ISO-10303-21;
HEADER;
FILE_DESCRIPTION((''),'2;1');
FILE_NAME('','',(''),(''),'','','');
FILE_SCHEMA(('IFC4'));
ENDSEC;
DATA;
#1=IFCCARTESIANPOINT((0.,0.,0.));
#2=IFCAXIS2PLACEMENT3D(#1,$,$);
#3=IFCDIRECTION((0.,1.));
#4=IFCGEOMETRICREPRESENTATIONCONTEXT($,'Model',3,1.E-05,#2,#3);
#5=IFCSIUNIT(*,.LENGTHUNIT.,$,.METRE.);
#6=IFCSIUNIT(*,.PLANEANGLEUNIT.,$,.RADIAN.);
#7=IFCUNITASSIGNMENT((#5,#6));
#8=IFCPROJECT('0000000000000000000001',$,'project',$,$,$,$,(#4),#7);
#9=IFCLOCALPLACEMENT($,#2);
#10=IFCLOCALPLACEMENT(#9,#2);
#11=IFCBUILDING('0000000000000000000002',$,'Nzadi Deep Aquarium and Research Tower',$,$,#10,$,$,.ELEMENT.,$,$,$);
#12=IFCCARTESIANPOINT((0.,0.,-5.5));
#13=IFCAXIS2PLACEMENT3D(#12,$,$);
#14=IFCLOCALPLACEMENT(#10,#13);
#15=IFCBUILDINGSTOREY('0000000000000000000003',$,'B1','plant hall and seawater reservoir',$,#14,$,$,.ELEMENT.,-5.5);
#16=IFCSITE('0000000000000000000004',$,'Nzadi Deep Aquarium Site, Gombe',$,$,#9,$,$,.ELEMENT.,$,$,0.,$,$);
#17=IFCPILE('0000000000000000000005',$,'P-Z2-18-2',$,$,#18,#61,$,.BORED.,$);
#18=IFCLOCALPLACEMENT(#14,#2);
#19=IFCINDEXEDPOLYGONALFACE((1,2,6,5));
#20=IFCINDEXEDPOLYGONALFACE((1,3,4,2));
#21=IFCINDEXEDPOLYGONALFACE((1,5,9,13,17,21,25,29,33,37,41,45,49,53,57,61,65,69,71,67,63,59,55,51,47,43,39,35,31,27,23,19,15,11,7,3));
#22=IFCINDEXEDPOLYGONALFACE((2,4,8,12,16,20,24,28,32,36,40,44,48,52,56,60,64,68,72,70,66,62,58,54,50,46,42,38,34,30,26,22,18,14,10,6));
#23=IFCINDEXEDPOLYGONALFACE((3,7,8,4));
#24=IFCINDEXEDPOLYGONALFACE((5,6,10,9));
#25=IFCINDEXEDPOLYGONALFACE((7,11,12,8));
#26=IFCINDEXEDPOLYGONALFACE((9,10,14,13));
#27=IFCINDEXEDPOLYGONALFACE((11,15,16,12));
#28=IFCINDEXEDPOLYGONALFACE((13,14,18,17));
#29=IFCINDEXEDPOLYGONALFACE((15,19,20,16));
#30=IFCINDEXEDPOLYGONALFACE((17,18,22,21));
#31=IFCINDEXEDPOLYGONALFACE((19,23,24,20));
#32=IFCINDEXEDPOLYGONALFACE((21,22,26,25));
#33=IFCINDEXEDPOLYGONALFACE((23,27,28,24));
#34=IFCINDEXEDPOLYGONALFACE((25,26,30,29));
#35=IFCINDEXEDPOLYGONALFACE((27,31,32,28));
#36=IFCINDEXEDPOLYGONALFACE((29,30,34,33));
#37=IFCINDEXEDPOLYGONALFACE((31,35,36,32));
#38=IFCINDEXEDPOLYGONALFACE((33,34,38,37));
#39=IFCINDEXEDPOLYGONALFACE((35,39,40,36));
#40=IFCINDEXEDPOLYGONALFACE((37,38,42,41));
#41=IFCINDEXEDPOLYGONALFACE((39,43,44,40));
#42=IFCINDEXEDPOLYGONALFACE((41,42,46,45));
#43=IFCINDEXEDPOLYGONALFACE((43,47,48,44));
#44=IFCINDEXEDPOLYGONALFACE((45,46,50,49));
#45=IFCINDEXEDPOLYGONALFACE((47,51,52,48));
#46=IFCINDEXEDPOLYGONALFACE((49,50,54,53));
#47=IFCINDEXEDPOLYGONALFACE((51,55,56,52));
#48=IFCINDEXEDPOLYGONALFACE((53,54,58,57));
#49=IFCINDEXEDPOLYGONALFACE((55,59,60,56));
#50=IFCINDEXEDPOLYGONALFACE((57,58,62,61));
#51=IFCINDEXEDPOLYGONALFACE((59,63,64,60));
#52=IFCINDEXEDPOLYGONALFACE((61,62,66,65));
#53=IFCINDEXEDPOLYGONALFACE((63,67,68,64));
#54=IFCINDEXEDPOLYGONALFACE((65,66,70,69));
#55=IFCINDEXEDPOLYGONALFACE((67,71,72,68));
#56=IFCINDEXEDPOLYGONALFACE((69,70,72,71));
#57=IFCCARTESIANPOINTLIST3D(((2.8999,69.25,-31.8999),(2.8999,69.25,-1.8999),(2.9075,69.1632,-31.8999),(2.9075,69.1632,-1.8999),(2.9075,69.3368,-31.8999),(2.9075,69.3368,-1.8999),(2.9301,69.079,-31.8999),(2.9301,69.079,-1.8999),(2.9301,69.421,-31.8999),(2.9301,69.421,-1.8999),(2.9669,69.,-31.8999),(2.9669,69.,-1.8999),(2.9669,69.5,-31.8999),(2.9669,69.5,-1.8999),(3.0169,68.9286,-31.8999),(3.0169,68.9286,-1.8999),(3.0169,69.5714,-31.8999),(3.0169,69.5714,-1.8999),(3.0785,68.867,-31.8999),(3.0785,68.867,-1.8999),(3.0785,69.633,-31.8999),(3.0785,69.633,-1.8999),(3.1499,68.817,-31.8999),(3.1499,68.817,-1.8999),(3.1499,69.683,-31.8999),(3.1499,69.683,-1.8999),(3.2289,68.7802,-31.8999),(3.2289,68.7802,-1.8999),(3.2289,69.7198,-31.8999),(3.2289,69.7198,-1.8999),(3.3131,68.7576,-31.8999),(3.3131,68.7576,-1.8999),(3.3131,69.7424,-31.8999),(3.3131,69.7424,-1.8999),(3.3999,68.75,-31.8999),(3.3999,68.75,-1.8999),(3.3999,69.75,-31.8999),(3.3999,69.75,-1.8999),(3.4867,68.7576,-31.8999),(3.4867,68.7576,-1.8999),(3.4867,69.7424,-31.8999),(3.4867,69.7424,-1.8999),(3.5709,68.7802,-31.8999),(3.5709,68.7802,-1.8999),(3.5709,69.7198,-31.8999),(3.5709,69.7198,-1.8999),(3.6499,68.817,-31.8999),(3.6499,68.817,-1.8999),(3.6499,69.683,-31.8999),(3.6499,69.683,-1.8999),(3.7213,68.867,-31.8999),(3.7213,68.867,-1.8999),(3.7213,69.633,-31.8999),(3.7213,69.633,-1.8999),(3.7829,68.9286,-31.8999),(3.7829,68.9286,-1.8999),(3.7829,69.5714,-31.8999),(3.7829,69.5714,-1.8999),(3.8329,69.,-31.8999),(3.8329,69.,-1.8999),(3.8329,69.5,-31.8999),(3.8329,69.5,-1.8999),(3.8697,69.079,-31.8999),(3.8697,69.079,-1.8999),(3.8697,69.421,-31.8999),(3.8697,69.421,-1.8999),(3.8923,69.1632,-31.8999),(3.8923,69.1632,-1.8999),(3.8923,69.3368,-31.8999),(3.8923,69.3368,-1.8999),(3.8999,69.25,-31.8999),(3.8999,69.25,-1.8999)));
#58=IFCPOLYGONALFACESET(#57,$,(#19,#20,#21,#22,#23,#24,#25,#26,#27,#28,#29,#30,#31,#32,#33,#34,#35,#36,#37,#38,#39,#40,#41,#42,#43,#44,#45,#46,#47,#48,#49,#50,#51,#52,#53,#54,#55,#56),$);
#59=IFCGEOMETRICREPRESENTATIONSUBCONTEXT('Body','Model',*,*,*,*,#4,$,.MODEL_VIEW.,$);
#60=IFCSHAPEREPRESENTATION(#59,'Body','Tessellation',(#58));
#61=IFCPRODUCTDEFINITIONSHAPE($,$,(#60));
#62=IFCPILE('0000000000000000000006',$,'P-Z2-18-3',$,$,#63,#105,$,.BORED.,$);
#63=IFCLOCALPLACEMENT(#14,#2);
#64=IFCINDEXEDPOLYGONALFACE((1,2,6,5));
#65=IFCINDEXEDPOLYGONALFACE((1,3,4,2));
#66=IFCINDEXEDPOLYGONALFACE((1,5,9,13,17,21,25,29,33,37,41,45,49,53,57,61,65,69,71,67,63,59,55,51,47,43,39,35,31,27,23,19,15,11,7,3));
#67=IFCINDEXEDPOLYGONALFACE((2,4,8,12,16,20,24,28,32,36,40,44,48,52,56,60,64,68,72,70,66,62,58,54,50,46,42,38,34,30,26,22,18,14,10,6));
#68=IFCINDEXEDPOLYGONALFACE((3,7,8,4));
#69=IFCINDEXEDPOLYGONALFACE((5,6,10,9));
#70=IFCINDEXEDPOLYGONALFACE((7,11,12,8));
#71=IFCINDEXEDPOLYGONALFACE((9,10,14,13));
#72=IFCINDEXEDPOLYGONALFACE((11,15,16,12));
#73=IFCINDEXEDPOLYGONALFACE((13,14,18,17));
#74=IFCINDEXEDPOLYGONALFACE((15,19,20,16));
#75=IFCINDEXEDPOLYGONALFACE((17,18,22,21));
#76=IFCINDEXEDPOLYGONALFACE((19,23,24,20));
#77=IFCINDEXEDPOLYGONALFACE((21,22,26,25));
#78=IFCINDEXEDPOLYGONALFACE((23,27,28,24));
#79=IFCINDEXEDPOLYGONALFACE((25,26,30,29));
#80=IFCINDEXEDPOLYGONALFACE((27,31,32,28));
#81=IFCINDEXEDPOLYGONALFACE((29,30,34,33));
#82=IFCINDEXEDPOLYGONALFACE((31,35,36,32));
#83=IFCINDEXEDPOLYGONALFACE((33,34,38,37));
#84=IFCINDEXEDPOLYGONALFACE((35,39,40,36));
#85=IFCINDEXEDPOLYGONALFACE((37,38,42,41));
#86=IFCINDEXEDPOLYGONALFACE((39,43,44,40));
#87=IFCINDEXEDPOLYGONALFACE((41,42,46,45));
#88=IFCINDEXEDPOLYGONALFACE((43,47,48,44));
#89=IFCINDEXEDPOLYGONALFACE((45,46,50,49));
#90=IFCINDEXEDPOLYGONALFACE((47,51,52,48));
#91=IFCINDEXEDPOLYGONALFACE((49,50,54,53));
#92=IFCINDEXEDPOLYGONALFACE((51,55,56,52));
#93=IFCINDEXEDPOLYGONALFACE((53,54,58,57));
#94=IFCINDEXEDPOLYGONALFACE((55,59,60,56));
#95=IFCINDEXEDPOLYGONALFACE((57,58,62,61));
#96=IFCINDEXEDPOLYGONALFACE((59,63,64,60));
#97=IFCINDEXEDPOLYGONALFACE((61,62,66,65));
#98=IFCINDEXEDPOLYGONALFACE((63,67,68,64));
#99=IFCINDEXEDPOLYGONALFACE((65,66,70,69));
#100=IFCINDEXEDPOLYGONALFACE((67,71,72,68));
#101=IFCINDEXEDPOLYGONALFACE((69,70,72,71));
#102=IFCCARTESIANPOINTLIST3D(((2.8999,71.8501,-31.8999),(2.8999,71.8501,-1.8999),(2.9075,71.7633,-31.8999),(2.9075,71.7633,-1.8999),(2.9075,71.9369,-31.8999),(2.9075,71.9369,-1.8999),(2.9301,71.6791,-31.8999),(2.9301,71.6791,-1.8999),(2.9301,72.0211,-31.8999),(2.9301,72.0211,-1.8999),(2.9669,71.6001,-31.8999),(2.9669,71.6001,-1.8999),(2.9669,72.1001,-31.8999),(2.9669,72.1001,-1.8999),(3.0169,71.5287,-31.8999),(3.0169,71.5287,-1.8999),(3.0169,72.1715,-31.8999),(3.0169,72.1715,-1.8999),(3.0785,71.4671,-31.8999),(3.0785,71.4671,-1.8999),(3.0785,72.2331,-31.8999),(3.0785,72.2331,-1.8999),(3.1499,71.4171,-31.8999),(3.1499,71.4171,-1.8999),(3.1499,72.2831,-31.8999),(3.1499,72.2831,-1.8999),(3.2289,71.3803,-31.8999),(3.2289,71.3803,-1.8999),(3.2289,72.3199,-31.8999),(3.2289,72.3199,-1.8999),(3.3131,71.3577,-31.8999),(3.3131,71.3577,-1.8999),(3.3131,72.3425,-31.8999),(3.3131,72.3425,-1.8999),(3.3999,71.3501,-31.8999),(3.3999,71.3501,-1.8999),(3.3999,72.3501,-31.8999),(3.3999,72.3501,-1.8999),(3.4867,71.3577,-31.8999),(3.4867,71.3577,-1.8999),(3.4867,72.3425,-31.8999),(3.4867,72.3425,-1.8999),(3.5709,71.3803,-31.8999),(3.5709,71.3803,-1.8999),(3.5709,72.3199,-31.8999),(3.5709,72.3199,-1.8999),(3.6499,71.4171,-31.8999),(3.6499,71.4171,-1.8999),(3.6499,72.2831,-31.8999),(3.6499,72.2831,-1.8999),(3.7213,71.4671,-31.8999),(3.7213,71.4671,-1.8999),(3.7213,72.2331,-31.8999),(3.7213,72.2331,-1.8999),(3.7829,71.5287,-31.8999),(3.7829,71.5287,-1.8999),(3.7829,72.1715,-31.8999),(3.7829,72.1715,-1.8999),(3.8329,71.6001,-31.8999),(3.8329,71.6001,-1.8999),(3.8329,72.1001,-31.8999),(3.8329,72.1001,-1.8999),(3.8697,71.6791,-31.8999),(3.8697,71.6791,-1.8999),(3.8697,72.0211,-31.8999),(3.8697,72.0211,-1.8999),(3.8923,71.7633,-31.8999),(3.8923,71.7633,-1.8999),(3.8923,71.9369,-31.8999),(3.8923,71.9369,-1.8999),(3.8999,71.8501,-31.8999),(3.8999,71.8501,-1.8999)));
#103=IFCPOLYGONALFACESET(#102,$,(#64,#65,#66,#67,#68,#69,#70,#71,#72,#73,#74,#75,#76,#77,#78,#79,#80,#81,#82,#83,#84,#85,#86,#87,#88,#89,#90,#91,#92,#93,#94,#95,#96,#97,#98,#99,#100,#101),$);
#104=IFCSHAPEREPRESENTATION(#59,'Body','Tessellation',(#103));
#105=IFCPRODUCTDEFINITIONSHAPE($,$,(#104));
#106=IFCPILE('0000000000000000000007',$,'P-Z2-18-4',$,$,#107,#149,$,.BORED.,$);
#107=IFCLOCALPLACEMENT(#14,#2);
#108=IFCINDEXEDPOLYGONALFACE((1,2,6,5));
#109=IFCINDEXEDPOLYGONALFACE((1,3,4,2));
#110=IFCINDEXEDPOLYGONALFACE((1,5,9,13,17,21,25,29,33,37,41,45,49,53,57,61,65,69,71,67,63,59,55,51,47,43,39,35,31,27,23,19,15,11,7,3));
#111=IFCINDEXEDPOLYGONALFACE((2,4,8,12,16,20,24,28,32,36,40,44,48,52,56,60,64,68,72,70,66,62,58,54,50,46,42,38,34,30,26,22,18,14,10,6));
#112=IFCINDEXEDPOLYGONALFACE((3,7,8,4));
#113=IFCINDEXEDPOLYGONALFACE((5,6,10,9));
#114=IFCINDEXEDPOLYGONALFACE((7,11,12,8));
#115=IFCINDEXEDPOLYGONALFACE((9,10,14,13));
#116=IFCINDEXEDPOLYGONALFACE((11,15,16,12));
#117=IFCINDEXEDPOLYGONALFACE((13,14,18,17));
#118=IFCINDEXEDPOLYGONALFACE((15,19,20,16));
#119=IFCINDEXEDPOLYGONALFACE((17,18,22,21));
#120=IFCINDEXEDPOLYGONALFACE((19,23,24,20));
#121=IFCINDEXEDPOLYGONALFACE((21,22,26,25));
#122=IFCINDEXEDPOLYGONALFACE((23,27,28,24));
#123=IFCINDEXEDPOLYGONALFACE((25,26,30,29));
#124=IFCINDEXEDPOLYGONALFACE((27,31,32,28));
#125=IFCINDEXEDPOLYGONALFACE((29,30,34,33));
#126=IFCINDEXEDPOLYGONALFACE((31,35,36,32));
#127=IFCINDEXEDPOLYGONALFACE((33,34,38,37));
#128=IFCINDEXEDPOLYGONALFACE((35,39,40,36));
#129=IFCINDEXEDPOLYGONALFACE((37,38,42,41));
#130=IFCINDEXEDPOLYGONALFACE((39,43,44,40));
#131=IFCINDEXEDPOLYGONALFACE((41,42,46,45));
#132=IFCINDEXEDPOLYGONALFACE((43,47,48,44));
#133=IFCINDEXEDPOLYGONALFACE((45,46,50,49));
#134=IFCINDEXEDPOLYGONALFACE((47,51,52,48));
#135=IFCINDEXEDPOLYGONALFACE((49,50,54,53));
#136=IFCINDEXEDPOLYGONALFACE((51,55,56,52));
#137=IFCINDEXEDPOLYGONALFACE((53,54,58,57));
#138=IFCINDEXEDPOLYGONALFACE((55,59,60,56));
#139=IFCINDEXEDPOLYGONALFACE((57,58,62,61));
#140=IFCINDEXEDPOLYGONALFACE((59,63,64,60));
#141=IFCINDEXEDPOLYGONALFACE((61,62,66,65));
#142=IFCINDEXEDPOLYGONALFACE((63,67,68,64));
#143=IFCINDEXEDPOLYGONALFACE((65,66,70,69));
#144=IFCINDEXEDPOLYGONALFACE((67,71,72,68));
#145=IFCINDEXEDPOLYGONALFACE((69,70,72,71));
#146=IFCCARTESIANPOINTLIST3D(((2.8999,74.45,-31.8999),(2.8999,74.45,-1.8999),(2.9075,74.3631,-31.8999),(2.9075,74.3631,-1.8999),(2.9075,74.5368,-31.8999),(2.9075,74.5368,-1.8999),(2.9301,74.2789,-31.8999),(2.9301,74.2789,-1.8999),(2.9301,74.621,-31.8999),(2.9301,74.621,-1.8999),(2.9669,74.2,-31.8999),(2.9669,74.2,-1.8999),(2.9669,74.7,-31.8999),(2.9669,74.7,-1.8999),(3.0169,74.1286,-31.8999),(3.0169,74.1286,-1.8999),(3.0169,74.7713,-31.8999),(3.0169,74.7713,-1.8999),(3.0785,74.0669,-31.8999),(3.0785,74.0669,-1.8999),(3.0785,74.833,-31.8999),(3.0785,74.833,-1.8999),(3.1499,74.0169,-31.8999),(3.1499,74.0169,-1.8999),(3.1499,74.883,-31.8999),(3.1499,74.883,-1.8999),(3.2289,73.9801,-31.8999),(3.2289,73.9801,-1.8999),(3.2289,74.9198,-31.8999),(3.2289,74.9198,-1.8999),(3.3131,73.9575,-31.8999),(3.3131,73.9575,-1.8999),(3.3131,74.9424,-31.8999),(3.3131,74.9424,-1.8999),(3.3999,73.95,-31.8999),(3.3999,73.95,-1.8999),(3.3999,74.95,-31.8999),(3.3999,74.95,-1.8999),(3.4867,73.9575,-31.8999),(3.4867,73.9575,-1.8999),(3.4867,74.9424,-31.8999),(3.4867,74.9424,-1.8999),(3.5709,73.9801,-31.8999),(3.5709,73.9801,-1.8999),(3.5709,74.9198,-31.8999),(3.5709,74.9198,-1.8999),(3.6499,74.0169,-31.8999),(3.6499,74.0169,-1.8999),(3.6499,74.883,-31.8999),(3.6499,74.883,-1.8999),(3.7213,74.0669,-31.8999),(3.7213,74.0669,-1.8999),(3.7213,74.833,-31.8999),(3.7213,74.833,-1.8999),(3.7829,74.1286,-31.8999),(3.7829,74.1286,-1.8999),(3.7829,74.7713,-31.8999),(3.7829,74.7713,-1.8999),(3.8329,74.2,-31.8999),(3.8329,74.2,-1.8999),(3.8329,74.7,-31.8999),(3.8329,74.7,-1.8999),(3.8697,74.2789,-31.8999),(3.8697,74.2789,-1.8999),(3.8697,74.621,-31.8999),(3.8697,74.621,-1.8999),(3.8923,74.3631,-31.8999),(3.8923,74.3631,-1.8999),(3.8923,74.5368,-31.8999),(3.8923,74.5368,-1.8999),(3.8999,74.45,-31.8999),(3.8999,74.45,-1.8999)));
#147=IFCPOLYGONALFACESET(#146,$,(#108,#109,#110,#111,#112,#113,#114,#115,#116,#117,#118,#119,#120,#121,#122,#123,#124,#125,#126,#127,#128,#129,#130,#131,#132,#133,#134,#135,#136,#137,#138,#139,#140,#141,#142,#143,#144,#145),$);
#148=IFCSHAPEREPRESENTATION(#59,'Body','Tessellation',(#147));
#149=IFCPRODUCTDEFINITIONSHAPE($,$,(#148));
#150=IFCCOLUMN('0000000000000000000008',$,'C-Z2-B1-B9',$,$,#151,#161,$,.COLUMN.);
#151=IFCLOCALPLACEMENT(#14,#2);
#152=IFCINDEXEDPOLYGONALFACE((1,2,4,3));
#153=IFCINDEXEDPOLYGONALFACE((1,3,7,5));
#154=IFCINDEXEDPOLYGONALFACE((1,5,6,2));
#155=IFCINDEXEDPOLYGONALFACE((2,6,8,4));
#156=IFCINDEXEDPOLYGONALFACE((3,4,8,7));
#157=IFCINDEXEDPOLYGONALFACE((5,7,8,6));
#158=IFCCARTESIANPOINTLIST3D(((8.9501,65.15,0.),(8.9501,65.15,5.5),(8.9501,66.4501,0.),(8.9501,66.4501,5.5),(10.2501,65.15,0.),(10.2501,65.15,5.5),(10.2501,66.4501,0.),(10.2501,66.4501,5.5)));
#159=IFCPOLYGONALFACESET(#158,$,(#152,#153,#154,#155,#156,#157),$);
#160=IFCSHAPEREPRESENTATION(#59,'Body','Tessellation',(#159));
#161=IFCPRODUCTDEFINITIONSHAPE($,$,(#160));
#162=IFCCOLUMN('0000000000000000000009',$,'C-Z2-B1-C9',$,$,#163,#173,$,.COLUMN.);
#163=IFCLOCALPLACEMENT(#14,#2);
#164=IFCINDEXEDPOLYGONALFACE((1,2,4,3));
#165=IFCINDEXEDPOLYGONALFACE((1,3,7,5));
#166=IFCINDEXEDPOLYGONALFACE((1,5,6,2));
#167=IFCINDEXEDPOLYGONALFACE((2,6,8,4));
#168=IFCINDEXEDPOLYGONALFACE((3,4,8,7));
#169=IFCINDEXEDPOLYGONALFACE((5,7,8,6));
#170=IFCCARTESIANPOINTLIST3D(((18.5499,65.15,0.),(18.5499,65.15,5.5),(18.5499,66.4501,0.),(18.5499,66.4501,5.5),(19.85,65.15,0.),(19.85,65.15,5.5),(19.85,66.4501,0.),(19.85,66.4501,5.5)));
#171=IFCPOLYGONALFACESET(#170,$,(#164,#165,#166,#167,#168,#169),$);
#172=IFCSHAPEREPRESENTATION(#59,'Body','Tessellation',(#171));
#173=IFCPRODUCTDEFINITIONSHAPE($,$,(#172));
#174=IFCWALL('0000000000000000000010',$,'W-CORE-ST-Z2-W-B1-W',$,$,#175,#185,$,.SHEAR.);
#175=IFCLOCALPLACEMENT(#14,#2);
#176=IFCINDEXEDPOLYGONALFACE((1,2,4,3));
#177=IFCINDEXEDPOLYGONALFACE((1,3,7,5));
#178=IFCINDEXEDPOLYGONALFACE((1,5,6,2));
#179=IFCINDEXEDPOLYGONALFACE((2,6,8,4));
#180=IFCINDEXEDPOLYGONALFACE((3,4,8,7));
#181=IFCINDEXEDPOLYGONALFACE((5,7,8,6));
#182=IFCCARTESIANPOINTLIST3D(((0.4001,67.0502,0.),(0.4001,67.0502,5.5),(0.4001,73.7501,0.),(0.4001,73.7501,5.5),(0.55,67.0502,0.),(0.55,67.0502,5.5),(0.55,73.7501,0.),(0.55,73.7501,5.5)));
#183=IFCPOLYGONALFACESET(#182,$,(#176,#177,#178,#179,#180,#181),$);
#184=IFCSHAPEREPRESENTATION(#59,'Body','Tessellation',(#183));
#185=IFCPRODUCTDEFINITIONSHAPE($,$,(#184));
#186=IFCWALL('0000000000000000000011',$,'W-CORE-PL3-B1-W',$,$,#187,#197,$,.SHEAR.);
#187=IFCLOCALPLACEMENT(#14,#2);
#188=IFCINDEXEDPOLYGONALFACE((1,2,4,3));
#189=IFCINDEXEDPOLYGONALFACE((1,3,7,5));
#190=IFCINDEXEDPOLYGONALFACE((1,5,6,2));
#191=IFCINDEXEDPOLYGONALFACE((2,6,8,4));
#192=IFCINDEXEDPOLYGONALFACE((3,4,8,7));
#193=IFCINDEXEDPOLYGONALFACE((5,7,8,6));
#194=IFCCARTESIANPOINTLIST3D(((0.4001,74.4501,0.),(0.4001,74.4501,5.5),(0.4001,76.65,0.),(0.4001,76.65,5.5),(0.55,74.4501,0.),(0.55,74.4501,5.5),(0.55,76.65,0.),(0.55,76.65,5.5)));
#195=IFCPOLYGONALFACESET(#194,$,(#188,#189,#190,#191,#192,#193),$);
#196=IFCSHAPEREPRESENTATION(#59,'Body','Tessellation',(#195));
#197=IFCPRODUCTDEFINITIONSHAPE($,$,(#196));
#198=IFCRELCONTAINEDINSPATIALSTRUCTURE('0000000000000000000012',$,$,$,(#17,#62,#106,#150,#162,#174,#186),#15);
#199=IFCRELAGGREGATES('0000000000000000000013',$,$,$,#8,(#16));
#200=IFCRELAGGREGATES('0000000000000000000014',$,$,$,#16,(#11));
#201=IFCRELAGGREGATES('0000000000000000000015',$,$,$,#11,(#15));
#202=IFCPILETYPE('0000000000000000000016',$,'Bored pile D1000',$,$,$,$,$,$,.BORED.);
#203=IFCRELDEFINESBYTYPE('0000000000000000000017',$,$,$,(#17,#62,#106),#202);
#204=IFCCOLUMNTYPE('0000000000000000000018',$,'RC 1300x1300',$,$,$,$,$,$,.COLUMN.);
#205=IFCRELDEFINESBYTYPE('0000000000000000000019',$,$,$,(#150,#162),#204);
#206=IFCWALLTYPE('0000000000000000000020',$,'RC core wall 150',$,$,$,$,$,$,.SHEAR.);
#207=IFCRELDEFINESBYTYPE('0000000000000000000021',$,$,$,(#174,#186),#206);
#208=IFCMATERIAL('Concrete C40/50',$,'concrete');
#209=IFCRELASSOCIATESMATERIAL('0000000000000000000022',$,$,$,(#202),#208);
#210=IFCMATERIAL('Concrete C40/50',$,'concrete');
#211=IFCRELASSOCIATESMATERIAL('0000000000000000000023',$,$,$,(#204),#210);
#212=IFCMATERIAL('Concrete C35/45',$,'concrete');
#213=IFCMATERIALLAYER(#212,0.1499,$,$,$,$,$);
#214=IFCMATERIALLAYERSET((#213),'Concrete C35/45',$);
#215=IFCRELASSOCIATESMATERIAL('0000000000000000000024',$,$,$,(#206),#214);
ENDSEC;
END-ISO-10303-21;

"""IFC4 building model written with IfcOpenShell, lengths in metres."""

from ifc_helpers import new_model, si_unit, direction, frame, frame_2d, origin, origin_2d, place, context, subcontext, project, spatial, rectangle, circle, extrude, material, layer, layer_set, material_profile, profile_set, type_object, element, save


model = new_model("IFC4")

# Units and contexts
model_context = context("Model", 3, precision=1e-05, world=origin(), true_north=direction((0.0, 1.0)))
body_context = subcontext(model_context, "Body", "Model", "MODEL_VIEW")
ifc_project = project(units=[si_unit("LENGTHUNIT", "METRE"), si_unit("PLANEANGLEUNIT", "RADIAN")], contexts=[model_context])

# Site, building, storey
site_placement = place(None, origin())
site = spatial("IfcSite", under=ifc_project, at=site_placement, Name="Nzadi Deep Aquarium Site, Gombe", CompositionType="ELEMENT", RefElevation=0.0)
building_placement = place(site_placement, origin())
building = spatial("IfcBuilding", under=site, at=building_placement, Name="Nzadi Deep Aquarium and Research Tower", CompositionType="ELEMENT")
storey_placement = place(building_placement, frame((0.0, 0.0, -5.5)))
storey = spatial("IfcBuildingStorey", under=building, at=storey_placement, Name="B1", Description="plant hall and seawater reservoir", CompositionType="ELEMENT", Elevation=-5.5)

# Piles
ifc_material_1 = material(Name="Concrete C40/50", Category="concrete")
ifc_material_profile_1 = material_profile(ifc_material_1, circle(Radius=0.5, at=origin_2d()))
ifc_profile_set_1 = profile_set([ifc_material_profile_1], Name="Concrete C40/50")
pile_type = type_object("IfcPileType", Name="Bored pile D1000", PredefinedType="BORED", material=ifc_profile_set_1)
for number, where, z_axis, x_axis, name in (
    (1, (3.3999, 69.25, -1.8999), (0.0, 0.0, -1.0), (1.0, 0.0, 0.0), "P-Z2-18-2"),
    (2, (3.3999, 71.8501, -1.8999), (0.0, 0.0, -1.0), (1.0, 0.0, 0.0), "P-Z2-18-3"),
    (3, (3.3999, 74.45, -1.8999), (0.0, 0.0, -1.0), (1.0, 0.0, 0.0), "P-Z2-18-4"),
):
    element("IfcPile", number, at=place(storey_placement, frame(where, z_axis=z_axis, x_axis=x_axis)), inside=storey, type_object=pile_type, Name=name, PredefinedType="BORED", context=body_context, shape_type="SweptSolid", body=[
        extrude(circle(Radius=0.5, at=origin_2d()), origin(), (0.0, 0.0, 1.0), 30.0),
    ])

# Columns
ifc_material_2 = material(Name="Concrete C40/50", Category="concrete")
ifc_material_profile_2 = material_profile(ifc_material_2, rectangle(XDim=1.3, YDim=1.3, at=origin_2d()))
ifc_profile_set_2 = profile_set([ifc_material_profile_2], Name="Concrete C40/50")
column_type = type_object("IfcColumnType", Name="RC 1300x1300", PredefinedType="COLUMN", material=ifc_profile_set_2)
for number, where, z_axis, x_axis, name in (
    (4, (9.6001, 65.8, 0.0), (0.0, 0.0, 1.0), (1.0, 0.0, 0.0), "C-Z2-B1-B9"),
    (5, (19.2, 65.8, 0.0), (0.0, 0.0, 1.0), (1.0, 0.0, 0.0), "C-Z2-B1-C9"),
):
    element("IfcColumn", number, at=place(storey_placement, frame(where, z_axis=z_axis, x_axis=x_axis)), inside=storey, type_object=column_type, Name=name, PredefinedType="COLUMN", context=body_context, shape_type="SweptSolid", body=[
        extrude(rectangle(XDim=1.3, YDim=1.3, at=origin_2d()), origin(), (0.0, 0.0, 1.0), 5.5),
    ])

# Walls
ifc_material_3 = material(Name="Concrete C35/45", Category="concrete")
ifc_layer_1 = layer(ifc_material_3, 0.1499)
ifc_layer_set_1 = layer_set([ifc_layer_1], Name="Concrete C35/45")
wall_type_1 = type_object("IfcWallType", Name="RC core wall 150", PredefinedType="SHEAR", material=ifc_layer_set_1)
wall_1_placement = place(storey_placement, frame((0.4751, 67.05, 0.0), z_axis=(0.0, 0.0, 1.0), x_axis=(0.0, 1.0, 0.0)))
element("IfcWall", 6, at=wall_1_placement, inside=storey, type_object=wall_type_1, Name="W-CORE-ST-Z2-W-B1-W", PredefinedType="SHEAR", context=body_context, shape_type="SweptSolid", body=[
    extrude(rectangle(XDim=6.7, YDim=0.1499, at=frame_2d((3.3501, 0.0))), origin(), (0.0, 0.0, 1.0), 5.5),
])
wall_2_placement = place(storey_placement, frame((0.4751, 74.45, 0.0), z_axis=(0.0, 0.0, 1.0), x_axis=(0.0, 1.0, 0.0)))
element("IfcWall", 7, at=wall_2_placement, inside=storey, type_object=wall_type_1, Name="W-CORE-PL3-B1-W", PredefinedType="SHEAR", context=body_context, shape_type="SweptSolid", body=[
    extrude(rectangle(XDim=2.2, YDim=0.1499, at=frame_2d((1.1001, 0.0))), origin(), (0.0, 0.0, 1.0), 5.5),
])

save(model, "model.ifc")
